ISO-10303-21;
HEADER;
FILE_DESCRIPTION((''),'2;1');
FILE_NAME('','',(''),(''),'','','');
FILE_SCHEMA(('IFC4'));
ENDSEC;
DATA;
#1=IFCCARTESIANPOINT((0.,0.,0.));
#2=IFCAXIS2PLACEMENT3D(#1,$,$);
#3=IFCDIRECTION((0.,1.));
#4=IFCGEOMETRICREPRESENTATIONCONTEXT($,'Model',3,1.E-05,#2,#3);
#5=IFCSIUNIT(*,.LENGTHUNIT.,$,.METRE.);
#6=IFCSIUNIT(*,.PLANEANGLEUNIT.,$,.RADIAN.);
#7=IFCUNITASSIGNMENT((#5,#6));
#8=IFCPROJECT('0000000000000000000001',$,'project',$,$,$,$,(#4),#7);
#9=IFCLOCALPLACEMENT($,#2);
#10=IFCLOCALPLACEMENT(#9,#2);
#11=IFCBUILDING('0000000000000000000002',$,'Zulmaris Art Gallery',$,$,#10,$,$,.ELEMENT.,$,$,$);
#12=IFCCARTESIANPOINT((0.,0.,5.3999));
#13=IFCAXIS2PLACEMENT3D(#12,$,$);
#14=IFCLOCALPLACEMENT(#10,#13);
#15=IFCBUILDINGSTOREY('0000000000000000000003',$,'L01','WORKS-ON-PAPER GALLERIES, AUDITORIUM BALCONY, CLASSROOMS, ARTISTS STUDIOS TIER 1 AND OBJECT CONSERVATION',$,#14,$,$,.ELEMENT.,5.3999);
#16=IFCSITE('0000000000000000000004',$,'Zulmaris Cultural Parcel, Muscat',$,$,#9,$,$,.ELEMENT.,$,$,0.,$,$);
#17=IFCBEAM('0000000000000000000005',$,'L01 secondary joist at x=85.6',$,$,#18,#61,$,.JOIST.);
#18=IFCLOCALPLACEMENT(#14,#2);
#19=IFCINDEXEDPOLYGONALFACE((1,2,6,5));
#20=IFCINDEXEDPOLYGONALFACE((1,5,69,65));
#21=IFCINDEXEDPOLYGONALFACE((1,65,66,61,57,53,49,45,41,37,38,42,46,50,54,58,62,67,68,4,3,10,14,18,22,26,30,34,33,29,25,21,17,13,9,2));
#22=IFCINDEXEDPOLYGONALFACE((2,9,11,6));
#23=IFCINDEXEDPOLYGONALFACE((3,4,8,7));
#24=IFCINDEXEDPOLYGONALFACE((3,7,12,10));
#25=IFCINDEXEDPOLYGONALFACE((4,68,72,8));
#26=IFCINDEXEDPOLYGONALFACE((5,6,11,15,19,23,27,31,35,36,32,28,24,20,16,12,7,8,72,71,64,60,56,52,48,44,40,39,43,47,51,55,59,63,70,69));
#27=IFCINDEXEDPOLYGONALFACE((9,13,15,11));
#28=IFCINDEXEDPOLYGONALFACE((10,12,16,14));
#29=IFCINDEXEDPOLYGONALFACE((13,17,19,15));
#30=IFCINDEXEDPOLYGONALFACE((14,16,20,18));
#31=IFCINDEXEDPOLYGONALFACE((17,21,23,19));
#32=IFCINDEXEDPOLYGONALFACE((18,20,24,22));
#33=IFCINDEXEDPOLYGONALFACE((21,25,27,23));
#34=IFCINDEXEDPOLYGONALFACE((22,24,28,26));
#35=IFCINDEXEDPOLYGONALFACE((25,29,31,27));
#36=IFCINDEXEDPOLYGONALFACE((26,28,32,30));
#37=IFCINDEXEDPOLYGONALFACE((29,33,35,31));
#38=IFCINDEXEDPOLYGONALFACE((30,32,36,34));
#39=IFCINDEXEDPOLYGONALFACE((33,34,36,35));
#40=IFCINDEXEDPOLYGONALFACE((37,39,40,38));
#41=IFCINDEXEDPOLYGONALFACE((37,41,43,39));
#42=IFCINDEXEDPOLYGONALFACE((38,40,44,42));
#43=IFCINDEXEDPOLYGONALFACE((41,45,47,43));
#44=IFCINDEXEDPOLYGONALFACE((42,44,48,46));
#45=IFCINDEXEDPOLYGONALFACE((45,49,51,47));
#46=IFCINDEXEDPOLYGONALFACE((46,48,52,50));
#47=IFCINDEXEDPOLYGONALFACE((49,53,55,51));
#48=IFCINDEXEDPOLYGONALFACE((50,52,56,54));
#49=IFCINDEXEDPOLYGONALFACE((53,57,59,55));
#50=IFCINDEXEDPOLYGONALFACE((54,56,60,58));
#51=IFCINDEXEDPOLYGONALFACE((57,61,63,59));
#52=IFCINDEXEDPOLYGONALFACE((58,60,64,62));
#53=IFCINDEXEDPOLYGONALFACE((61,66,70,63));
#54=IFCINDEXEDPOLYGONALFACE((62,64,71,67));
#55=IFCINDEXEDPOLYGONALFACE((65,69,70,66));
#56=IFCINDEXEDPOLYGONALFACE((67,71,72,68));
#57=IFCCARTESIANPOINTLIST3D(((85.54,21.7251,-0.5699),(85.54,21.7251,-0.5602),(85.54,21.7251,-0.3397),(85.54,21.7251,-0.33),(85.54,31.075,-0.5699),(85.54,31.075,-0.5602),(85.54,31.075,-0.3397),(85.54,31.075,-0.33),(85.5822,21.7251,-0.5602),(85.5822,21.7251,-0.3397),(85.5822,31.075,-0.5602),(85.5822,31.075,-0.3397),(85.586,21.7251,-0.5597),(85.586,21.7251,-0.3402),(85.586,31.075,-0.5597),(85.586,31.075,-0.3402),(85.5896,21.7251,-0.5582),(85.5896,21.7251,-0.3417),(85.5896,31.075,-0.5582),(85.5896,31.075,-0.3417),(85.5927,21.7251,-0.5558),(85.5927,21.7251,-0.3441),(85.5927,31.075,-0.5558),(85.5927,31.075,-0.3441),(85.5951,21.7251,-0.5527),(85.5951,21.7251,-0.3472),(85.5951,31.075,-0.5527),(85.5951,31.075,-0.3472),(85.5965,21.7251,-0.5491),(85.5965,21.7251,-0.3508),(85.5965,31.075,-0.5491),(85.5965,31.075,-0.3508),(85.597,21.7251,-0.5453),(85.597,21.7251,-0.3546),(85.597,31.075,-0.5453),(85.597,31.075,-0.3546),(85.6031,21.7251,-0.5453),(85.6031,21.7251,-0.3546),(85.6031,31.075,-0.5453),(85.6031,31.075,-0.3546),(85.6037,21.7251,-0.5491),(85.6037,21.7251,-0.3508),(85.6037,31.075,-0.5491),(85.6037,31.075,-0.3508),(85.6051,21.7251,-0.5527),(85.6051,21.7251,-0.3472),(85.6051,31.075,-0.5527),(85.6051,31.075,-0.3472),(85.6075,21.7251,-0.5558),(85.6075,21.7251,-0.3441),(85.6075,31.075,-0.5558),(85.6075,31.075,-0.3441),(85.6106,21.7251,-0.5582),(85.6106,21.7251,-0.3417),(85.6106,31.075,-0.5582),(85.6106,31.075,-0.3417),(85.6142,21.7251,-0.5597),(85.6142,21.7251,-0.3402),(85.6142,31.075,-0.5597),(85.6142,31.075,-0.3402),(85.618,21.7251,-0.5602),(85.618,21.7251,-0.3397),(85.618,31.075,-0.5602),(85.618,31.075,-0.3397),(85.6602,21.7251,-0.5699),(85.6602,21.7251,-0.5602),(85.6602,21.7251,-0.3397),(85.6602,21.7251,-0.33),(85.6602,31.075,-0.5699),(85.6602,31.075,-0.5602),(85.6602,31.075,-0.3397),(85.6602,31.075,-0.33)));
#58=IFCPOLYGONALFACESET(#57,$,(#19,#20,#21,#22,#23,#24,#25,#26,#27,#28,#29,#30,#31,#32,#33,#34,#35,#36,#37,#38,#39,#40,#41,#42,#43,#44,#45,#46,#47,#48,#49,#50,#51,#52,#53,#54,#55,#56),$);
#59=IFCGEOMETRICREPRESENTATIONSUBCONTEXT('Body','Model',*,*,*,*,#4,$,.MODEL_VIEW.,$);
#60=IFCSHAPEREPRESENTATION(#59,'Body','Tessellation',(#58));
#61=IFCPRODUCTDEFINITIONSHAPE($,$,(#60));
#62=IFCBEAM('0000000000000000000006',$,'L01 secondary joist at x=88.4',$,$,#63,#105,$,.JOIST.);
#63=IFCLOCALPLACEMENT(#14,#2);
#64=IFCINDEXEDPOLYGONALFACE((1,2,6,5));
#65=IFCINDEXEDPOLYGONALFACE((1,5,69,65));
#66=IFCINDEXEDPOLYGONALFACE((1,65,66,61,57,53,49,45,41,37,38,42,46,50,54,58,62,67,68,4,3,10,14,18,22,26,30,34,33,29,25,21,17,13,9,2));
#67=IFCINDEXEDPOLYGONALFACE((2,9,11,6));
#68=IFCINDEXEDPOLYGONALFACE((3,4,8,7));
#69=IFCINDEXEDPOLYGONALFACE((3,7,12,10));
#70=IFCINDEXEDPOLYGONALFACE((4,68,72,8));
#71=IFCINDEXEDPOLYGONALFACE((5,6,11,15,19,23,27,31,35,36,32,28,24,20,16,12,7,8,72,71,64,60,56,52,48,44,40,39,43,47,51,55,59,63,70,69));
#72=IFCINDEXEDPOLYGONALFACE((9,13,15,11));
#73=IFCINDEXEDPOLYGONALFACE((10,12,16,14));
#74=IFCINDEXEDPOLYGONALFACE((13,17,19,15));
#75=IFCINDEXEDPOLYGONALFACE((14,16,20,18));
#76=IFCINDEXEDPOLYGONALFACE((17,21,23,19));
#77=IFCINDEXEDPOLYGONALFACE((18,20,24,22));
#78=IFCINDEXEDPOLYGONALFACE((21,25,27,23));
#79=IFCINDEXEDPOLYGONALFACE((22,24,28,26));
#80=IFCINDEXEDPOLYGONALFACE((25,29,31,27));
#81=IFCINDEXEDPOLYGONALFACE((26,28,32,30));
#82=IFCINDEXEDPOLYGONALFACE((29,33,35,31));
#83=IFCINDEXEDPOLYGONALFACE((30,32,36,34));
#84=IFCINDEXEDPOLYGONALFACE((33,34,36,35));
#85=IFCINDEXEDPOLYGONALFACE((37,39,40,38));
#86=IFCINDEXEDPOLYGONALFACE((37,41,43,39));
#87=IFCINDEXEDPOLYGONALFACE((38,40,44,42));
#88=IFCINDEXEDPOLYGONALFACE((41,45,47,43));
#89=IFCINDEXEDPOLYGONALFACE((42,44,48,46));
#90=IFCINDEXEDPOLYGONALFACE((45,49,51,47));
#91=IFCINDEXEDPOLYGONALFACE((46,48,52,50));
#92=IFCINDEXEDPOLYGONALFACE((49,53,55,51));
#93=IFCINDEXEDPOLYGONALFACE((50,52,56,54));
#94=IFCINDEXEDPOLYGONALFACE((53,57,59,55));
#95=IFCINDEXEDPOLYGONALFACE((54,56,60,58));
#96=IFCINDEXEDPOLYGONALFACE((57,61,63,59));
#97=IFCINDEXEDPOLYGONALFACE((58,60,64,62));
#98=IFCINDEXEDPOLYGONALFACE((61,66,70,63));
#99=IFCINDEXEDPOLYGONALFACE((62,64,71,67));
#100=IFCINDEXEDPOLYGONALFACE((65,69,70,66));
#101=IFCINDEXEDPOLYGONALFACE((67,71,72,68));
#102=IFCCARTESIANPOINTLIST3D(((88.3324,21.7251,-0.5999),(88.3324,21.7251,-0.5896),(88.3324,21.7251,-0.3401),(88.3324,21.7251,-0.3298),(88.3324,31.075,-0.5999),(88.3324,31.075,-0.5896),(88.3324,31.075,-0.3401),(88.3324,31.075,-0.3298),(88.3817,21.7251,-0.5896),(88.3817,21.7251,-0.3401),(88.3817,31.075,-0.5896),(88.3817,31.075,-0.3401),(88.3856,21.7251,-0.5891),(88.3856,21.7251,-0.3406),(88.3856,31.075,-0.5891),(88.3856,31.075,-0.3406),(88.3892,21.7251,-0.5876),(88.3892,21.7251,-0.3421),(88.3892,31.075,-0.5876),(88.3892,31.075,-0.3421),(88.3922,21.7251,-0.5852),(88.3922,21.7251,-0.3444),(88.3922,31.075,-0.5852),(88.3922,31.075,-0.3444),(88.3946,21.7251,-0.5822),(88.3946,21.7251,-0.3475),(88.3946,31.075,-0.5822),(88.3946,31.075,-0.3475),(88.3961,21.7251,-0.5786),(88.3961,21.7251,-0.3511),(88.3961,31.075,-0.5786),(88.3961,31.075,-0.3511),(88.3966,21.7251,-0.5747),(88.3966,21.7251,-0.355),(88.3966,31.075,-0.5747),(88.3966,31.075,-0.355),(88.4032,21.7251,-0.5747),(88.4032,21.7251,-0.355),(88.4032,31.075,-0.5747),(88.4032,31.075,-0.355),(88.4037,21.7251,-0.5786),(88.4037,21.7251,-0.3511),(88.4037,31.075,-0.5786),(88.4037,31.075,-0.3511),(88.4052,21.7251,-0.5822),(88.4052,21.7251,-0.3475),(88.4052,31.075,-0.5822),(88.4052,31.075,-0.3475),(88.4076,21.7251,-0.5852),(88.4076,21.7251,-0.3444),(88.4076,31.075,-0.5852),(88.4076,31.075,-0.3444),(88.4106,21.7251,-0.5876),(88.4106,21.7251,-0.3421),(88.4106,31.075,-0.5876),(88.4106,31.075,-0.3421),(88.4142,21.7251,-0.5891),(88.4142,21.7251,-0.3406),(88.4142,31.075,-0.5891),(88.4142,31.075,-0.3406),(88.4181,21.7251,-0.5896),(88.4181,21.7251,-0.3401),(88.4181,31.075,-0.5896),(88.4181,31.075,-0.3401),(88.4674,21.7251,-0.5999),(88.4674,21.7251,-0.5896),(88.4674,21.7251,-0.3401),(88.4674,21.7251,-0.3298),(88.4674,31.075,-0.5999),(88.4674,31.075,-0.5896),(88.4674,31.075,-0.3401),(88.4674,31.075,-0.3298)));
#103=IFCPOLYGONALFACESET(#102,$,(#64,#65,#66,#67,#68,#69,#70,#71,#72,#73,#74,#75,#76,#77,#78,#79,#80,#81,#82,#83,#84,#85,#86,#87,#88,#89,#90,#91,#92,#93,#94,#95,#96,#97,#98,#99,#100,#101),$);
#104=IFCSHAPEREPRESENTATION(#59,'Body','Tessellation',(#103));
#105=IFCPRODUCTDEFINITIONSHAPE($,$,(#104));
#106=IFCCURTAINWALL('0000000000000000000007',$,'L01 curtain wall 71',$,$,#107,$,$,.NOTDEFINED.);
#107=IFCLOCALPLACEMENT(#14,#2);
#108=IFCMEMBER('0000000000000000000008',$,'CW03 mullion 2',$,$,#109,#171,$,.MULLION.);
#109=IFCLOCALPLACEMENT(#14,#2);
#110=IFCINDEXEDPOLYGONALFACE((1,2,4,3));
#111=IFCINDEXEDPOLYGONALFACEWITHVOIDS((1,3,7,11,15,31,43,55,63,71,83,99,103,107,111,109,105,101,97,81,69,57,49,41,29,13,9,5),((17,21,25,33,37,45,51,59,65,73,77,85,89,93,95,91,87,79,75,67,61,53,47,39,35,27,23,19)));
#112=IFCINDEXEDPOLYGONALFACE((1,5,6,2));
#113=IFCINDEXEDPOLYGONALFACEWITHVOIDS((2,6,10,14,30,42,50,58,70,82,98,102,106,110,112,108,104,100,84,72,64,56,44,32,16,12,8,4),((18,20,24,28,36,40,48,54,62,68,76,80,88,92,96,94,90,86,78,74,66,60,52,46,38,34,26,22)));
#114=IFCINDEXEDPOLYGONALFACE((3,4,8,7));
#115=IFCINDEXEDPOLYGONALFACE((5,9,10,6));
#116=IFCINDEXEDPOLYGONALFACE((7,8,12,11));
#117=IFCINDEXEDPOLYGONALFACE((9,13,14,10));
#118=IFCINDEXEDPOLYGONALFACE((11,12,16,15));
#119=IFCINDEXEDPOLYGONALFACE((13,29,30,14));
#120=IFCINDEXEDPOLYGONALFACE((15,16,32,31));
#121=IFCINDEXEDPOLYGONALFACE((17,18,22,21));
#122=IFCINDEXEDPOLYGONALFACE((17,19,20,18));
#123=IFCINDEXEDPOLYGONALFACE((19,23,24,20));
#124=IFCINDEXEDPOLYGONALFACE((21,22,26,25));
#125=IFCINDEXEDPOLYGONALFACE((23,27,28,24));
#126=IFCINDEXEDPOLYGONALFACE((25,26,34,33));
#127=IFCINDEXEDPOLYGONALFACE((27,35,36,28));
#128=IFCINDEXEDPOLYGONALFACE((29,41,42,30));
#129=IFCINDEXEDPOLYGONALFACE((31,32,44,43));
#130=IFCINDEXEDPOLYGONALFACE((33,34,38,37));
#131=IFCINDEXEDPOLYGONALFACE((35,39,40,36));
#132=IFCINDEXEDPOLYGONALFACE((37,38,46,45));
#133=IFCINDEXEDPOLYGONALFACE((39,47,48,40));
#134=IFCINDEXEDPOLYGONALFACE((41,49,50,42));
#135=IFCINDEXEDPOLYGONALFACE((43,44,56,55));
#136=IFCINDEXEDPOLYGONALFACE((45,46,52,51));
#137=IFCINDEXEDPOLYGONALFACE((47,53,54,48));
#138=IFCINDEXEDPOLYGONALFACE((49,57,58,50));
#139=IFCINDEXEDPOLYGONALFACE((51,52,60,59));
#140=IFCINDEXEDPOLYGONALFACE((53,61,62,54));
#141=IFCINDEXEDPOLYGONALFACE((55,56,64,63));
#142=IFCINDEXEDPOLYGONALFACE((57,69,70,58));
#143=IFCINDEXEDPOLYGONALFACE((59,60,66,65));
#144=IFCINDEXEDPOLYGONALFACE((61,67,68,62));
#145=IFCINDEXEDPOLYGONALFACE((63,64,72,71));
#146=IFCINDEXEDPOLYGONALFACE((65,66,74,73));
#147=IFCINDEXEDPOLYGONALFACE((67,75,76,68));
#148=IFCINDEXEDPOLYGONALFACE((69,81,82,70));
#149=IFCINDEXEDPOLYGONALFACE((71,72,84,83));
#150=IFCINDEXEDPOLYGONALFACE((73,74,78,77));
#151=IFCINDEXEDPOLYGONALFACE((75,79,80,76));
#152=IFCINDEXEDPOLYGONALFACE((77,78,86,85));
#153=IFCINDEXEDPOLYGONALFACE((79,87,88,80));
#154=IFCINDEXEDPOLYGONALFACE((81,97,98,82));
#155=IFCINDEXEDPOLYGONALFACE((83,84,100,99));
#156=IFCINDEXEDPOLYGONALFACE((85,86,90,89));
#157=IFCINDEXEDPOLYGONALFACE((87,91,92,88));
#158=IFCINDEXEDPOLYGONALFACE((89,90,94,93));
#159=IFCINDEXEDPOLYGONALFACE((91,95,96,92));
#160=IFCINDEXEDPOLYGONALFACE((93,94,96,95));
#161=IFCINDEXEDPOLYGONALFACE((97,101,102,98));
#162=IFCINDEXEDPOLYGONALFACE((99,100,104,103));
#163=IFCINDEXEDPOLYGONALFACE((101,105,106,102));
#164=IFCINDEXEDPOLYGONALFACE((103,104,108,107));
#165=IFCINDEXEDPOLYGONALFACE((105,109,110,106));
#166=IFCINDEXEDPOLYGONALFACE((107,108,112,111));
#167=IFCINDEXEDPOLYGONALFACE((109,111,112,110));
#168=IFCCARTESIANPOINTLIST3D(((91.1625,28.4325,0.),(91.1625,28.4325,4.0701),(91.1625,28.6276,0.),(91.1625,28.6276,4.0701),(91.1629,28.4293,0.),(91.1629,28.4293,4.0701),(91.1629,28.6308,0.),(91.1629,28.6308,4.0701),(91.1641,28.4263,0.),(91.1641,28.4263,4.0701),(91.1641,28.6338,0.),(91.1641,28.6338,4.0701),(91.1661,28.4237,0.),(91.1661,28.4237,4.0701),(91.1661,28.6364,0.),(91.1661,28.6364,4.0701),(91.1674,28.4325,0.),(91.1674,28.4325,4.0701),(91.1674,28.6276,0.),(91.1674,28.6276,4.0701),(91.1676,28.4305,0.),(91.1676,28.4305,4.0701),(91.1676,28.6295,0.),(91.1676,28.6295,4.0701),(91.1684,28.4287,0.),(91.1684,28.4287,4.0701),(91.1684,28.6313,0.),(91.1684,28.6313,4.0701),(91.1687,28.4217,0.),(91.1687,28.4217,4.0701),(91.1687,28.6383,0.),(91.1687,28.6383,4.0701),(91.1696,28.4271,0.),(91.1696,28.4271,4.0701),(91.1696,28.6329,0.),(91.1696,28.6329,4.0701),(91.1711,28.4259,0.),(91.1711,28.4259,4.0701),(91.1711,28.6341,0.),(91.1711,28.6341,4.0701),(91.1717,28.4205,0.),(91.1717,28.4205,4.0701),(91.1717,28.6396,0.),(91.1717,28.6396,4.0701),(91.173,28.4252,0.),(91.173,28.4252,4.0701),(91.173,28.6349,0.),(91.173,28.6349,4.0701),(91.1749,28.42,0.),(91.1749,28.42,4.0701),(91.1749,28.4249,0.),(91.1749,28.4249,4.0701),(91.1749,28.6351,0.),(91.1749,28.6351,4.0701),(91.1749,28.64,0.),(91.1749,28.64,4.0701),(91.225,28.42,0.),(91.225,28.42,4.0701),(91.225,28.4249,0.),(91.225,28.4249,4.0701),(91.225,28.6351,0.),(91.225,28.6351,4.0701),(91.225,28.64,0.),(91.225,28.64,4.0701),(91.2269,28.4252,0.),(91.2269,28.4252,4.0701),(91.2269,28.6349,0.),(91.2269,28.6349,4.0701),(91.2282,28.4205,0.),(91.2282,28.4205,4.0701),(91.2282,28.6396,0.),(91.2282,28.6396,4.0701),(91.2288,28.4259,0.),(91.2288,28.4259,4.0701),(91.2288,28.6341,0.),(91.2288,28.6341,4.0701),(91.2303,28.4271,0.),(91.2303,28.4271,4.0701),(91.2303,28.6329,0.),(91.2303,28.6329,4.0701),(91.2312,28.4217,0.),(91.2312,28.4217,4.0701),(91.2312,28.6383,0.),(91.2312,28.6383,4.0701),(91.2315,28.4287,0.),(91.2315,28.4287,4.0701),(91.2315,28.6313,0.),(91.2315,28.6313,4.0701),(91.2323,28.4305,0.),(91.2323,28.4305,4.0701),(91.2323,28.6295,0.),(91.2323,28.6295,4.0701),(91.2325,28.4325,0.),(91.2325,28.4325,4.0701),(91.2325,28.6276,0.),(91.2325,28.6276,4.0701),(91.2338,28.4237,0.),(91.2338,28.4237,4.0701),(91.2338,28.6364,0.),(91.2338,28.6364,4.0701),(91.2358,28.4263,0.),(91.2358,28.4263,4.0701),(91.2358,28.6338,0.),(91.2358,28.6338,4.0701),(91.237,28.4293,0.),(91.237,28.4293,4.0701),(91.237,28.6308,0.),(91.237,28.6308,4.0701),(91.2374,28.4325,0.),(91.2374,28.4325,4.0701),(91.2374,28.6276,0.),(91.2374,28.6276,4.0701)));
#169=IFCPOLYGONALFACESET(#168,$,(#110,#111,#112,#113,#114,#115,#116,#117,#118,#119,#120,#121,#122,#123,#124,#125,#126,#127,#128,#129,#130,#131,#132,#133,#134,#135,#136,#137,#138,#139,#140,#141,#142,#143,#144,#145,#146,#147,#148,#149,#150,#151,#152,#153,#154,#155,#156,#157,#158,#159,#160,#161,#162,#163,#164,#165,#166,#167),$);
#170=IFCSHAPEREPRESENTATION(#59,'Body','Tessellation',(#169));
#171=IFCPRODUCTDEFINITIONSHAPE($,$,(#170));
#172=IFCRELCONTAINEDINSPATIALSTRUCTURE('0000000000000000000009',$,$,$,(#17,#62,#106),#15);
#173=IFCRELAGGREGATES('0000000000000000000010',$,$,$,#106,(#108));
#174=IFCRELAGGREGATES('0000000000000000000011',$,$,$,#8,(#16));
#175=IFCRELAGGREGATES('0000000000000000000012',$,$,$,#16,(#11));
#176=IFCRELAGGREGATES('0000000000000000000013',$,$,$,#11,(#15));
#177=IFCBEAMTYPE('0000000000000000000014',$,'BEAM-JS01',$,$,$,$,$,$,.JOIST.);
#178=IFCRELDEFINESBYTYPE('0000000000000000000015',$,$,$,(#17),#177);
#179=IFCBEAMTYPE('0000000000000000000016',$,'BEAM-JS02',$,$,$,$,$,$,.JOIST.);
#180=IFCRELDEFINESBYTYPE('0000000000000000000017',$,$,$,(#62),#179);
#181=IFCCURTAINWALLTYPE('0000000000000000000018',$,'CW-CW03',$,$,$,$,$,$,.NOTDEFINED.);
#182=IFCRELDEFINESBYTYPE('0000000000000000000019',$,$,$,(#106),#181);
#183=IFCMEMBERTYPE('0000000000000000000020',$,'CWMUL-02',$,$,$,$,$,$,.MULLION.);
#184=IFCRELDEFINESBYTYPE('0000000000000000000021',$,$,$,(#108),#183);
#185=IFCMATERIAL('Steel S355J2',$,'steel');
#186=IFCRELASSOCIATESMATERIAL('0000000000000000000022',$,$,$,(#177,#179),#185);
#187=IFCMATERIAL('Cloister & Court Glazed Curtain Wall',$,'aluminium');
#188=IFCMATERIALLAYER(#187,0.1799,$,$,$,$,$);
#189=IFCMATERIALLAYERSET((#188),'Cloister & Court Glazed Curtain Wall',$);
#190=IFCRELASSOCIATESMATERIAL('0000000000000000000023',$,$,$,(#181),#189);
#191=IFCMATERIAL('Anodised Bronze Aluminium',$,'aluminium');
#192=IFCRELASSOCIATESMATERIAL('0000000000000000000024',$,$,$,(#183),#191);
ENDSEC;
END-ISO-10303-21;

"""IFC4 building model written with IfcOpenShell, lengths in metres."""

from ifc_helpers import new_model, si_unit, direction, frame, origin, origin_2d, place, context, subcontext, project, spatial, hollow_rectangle, i_section, extrude, material, layer, layer_set, material_profile, profile_set, type_object, element, aggregate, save


model = new_model("IFC4")

# Units and contexts
model_context = context("Model", 3, precision=1e-05, world=origin(), true_north=direction((0.0, 1.0)))
body_context = subcontext(model_context, "Body", "Model", "MODEL_VIEW")
ifc_project = project(units=[si_unit("LENGTHUNIT", "METRE"), si_unit("PLANEANGLEUNIT", "RADIAN")], contexts=[model_context])

# Site, building, storey
site_placement = place(None, origin())
site = spatial("IfcSite", under=ifc_project, at=site_placement, Name="Zulmaris Cultural Parcel, Muscat", CompositionType="ELEMENT", RefElevation=0.0)
building_placement = place(site_placement, origin())
building = spatial("IfcBuilding", under=site, at=building_placement, Name="Zulmaris Art Gallery", CompositionType="ELEMENT")
storey_placement = place(building_placement, frame((0.0, 0.0, 5.3999)))
storey = spatial("IfcBuildingStorey", under=building, at=storey_placement, Name="L01", Description="WORKS-ON-PAPER GALLERIES, AUDITORIUM BALCONY, CLASSROOMS, ARTISTS STUDIOS TIER 1 AND OBJECT CONSERVATION", CompositionType="ELEMENT", Elevation=5.3999)

# Beams
ifc_material_1 = material(Name="Steel S355J2", Category="steel")
ifc_material_profile_1 = material_profile(ifc_material_1, i_section(OverallWidth=0.1201, OverallDepth=0.24, WebThickness=0.0061, FlangeThickness=0.0098, FilletRadius=0.0149, at=origin_2d()), Name="IPE 240")
ifc_profile_set_1 = profile_set([ifc_material_profile_1], Name="Steel S355J2")
beam_type_1 = type_object("IfcBeamType", Name="BEAM-JS01", PredefinedType="JOIST", material=ifc_profile_set_1)
beam_1_placement = place(storey_placement, frame((85.6001, 21.7251, -0.45), z_axis=(0.0, 1.0, 0.0), x_axis=(-1.0, 0.0, 0.0)))
element("IfcBeam", 1, at=beam_1_placement, inside=storey, type_object=beam_type_1, Name="L01 secondary joist at x=85.6", PredefinedType="JOIST", context=body_context, shape_type="SweptSolid", body=[
    extrude(i_section(OverallWidth=0.1201, OverallDepth=0.24, WebThickness=0.0061, FlangeThickness=0.0098, FilletRadius=0.0149, at=origin_2d()), origin(), (0.0, 0.0, 1.0), 9.3499),
])
ifc_material_profile_2 = material_profile(ifc_material_1, i_section(OverallWidth=0.135, OverallDepth=0.27, WebThickness=0.0066, FlangeThickness=0.0103, FilletRadius=0.0149, at=origin_2d()), Name="IPE 270")
ifc_profile_set_2 = profile_set([ifc_material_profile_2], Name="Steel S355J2")
beam_type_2 = type_object("IfcBeamType", Name="BEAM-JS02", PredefinedType="JOIST", material=ifc_profile_set_2)
beam_2_placement = place(storey_placement, frame((88.3999, 21.7251, -0.4648), z_axis=(0.0, 1.0, 0.0), x_axis=(-1.0, 0.0, 0.0)))
element("IfcBeam", 2, at=beam_2_placement, inside=storey, type_object=beam_type_2, Name="L01 secondary joist at x=88.4", PredefinedType="JOIST", context=body_context, shape_type="SweptSolid", body=[
    extrude(i_section(OverallWidth=0.135, OverallDepth=0.27, WebThickness=0.0066, FlangeThickness=0.0103, FilletRadius=0.0149, at=origin_2d()), origin(), (0.0, 0.0, 1.0), 9.3499),
])

# Curtain wall, member
ifc_material_2 = material(Name="Cloister & Court Glazed Curtain Wall", Category="aluminium")
ifc_layer_1 = layer(ifc_material_2, 0.1799)
ifc_layer_set_1 = layer_set([ifc_layer_1], Name="Cloister & Court Glazed Curtain Wall")
curtain_wall_type = type_object("IfcCurtainWallType", Name="CW-CW03", PredefinedType="NOTDEFINED", material=ifc_layer_set_1)
curtain_wall_placement = place(storey_placement, origin())
curtain_wall = element("IfcCurtainWall", 3, at=curtain_wall_placement, inside=storey, type_object=curtain_wall_type, Name="L01 curtain wall 71", PredefinedType="NOTDEFINED")
ifc_material_3 = material(Name="Anodised Bronze Aluminium", Category="aluminium")
ifc_material_profile_3 = material_profile(ifc_material_3, hollow_rectangle(XDim=0.075, YDim=0.22, WallThickness=0.0049, InnerFilletRadius=0.0076, OuterFilletRadius=0.0125, at=origin_2d()), Name="ALU 75x220x5")
ifc_profile_set_3 = profile_set([ifc_material_profile_3], Name="Anodised Bronze Aluminium")
member_type_1 = type_object("IfcMemberType", Name="CWMUL-02", PredefinedType="MULLION", material=ifc_profile_set_3)
member_1_placement = place(storey_placement, frame((91.2, 28.53, 0.0), z_axis=(0.0, 0.0, 1.0), x_axis=(1.0, 0.0, 0.0)))
member_1 = element("IfcMember", 4, at=member_1_placement, type_object=member_type_1, Name="CW03 mullion 2", PredefinedType="MULLION", context=body_context, shape_type="SweptSolid", body=[
    extrude(hollow_rectangle(XDim=0.075, YDim=0.22, WallThickness=0.0049, InnerFilletRadius=0.0076, OuterFilletRadius=0.0125, at=origin_2d()), origin(), (0.0, 0.0, 1.0), 4.0701),
])
aggregate(curtain_wall, [member_1])

save(model, "model.ifc")
